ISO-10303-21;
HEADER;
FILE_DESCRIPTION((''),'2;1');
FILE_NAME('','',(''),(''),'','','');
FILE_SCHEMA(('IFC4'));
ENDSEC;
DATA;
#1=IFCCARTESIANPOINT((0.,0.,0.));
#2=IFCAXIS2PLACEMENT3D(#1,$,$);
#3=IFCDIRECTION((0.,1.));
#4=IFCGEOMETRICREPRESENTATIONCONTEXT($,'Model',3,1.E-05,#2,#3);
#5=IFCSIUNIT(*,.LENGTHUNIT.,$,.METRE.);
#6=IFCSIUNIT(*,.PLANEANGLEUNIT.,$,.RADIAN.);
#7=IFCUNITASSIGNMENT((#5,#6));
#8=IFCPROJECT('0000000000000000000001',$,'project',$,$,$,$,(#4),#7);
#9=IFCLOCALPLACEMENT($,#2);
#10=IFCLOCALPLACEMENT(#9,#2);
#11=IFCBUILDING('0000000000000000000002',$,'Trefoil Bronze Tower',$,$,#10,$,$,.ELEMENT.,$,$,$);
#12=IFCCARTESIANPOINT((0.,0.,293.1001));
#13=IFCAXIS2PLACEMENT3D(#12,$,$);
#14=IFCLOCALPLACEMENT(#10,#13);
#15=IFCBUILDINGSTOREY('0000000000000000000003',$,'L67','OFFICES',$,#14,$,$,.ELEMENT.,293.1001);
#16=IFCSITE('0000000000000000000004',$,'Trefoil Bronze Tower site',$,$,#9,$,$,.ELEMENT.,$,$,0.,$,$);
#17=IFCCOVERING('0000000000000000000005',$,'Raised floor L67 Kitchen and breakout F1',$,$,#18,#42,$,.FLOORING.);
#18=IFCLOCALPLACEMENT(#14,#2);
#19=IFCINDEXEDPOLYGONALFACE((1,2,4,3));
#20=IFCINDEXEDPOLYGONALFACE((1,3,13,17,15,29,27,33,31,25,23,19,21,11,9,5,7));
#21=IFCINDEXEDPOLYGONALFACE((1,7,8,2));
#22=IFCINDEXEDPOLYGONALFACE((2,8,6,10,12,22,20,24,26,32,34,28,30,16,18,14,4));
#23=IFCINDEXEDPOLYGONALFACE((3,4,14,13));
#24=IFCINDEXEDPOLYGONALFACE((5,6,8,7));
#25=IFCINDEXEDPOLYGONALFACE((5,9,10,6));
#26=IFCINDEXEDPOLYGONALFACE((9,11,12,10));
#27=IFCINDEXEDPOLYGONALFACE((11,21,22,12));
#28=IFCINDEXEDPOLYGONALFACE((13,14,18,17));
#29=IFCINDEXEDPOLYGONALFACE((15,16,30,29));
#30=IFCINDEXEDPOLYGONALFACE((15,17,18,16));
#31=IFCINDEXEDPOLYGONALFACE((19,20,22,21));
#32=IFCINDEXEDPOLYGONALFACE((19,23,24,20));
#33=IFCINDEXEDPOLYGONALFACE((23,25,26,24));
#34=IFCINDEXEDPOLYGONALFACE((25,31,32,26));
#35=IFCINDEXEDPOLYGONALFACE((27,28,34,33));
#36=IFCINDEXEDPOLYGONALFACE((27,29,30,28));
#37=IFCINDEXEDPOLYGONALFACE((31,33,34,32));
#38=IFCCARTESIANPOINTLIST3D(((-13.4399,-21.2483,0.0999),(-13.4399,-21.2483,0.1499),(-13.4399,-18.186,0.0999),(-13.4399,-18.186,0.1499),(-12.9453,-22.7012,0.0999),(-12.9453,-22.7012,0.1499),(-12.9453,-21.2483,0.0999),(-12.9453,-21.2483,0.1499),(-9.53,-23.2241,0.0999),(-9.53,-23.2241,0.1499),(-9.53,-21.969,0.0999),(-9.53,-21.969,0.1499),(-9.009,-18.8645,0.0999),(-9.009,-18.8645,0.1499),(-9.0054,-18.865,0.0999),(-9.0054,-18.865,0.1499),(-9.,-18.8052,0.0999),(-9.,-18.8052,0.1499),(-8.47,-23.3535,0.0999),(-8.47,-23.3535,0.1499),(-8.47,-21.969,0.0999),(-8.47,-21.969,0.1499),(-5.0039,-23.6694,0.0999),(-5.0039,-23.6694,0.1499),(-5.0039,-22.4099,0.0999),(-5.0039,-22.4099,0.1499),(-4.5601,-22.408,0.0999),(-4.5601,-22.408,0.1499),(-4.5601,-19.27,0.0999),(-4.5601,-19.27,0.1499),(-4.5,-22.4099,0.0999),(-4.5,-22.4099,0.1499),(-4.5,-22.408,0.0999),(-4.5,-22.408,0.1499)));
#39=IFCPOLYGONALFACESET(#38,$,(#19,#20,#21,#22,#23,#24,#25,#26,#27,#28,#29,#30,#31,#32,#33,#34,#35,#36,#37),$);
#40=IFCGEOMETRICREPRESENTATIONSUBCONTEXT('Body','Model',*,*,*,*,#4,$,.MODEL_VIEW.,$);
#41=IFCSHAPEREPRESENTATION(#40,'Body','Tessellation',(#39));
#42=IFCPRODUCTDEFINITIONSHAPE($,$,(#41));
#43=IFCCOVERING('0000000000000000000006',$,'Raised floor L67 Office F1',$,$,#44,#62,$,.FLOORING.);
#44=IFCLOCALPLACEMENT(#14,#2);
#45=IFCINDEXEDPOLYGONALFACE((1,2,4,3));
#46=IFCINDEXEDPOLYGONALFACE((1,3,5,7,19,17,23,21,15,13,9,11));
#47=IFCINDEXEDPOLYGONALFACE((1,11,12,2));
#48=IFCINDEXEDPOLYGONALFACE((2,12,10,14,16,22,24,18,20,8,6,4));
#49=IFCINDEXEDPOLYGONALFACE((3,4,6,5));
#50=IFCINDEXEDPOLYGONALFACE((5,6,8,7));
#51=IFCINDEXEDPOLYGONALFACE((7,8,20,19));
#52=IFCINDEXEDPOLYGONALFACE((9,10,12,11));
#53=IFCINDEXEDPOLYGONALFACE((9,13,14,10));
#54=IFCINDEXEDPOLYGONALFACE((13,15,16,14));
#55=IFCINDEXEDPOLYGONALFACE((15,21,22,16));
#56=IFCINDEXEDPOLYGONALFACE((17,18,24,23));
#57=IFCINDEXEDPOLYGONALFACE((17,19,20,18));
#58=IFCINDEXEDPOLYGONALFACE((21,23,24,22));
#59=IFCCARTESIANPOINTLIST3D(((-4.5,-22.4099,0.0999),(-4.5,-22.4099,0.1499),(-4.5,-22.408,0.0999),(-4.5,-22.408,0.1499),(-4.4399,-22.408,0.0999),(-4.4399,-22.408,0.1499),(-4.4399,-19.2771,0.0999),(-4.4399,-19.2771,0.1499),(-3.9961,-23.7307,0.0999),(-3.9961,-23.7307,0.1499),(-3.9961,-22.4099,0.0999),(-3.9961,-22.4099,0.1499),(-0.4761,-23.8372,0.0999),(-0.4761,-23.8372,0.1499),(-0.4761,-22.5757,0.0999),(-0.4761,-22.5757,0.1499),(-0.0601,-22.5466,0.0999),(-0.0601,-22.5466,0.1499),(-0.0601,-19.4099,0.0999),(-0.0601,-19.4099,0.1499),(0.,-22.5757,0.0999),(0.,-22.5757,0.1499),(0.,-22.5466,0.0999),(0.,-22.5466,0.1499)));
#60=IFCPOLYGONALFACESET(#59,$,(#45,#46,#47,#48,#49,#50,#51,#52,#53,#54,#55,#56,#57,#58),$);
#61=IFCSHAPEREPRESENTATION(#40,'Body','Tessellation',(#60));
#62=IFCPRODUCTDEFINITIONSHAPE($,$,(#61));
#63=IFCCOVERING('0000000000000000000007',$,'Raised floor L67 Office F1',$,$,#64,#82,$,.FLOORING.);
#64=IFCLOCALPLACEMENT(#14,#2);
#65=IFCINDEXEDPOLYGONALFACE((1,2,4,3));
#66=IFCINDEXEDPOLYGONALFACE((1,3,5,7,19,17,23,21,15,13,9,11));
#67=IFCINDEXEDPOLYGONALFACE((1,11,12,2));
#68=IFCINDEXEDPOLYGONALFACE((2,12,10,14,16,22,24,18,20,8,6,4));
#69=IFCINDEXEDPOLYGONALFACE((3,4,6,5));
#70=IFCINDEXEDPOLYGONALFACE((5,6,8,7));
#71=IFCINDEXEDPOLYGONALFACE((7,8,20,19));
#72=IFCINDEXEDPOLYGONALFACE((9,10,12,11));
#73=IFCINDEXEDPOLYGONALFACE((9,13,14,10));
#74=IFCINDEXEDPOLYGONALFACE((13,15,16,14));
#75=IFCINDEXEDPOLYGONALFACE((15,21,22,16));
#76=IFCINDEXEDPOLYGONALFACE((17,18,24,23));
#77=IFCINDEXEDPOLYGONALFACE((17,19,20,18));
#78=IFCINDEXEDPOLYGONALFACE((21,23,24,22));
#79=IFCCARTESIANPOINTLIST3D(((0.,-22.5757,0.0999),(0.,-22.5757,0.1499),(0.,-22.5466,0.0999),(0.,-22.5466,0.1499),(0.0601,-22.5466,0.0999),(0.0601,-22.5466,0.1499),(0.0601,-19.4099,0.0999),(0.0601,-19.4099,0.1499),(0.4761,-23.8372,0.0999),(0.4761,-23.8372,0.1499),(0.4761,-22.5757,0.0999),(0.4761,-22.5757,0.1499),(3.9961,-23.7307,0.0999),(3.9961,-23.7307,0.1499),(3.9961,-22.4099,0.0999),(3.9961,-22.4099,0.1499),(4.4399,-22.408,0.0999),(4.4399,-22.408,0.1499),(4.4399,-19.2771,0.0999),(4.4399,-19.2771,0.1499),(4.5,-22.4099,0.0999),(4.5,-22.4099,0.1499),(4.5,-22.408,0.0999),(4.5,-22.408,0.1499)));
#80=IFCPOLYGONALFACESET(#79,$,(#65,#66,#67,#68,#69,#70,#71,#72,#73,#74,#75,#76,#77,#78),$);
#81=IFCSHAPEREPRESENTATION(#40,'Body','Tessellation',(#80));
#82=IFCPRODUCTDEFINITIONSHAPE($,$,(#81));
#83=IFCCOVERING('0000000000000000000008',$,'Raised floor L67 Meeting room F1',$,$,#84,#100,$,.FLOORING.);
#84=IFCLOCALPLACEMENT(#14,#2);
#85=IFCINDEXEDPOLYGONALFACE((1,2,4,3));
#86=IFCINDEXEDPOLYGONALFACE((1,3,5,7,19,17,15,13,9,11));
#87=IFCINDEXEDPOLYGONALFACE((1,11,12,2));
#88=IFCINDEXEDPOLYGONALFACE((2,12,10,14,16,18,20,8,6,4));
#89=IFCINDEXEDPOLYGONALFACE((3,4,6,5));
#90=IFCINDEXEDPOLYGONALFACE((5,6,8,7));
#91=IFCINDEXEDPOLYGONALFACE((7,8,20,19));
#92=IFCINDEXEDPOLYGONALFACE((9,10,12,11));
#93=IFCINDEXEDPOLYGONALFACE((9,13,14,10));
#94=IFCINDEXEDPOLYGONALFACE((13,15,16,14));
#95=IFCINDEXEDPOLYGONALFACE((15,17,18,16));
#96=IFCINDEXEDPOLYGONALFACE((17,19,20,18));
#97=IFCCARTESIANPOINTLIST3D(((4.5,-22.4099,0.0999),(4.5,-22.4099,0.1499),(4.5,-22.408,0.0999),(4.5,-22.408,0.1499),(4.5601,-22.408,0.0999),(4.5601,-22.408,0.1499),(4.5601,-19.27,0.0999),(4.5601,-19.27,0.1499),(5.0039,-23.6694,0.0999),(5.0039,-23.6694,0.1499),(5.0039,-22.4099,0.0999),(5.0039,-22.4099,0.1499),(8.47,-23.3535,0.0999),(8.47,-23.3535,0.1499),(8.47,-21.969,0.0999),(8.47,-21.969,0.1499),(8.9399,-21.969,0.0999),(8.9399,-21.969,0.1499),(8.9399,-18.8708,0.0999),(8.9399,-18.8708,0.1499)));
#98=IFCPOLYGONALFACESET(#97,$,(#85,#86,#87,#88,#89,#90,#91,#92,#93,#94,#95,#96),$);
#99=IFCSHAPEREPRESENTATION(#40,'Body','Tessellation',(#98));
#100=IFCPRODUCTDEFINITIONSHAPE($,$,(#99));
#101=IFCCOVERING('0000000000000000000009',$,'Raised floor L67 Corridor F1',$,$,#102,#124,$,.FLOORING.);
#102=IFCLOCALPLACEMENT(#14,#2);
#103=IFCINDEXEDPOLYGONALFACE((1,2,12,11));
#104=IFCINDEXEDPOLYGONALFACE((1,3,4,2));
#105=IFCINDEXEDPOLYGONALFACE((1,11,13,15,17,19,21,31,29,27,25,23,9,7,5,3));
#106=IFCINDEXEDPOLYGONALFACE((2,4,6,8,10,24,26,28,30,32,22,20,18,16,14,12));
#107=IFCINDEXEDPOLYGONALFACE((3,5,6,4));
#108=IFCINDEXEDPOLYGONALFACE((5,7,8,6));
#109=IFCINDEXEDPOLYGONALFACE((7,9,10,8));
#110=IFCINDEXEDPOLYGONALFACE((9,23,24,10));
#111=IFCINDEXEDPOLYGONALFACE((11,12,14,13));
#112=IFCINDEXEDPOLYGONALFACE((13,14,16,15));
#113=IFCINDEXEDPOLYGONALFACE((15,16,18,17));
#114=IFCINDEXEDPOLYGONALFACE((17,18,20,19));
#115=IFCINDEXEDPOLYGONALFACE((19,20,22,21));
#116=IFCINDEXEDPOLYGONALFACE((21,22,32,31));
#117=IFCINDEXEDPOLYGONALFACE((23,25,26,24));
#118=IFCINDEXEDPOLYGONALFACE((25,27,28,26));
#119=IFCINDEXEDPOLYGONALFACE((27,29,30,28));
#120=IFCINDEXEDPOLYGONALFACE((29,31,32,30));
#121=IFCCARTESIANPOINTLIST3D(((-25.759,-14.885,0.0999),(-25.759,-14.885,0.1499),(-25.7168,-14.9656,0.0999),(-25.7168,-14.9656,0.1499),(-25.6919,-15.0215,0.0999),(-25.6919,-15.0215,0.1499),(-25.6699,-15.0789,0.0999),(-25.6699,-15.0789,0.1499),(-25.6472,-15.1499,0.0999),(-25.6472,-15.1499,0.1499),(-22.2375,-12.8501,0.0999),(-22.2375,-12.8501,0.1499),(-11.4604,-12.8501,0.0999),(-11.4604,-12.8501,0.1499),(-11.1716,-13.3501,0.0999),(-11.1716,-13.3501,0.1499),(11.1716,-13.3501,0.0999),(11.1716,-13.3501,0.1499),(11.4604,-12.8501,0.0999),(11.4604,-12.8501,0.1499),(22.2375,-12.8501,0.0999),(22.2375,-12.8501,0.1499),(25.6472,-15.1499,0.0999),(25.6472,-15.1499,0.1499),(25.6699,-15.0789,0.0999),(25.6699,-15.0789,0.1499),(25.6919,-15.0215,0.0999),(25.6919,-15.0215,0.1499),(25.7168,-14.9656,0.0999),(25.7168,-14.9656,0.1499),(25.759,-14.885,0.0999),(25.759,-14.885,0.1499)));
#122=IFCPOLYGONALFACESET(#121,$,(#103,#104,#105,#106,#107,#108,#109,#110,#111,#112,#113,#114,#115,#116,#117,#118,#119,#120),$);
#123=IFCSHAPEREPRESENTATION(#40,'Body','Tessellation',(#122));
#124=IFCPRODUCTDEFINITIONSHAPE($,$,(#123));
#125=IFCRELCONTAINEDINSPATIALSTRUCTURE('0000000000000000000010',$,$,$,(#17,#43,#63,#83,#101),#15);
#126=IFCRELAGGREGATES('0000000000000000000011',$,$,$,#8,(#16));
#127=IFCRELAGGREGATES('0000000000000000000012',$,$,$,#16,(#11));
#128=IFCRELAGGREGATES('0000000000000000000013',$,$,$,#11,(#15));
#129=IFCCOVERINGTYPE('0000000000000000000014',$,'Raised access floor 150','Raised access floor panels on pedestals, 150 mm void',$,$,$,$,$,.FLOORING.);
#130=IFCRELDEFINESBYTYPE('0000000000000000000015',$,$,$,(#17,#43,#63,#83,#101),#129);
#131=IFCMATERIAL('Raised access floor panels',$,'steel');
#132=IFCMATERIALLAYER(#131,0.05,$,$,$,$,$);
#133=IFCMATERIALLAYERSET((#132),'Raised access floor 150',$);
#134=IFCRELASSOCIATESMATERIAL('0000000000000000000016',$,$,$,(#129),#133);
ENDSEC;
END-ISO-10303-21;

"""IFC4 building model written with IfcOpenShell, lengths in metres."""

from ifc_helpers import new_model, si_unit, direction, frame, origin, place, context, subcontext, project, spatial, polyline, outline, extrude, material, layer, layer_set, type_object, element, save


model = new_model("IFC4")

# Units and contexts
model_context = context("Model", 3, precision=1e-05, world=origin(), true_north=direction((0.0, 1.0)))
body_context = subcontext(model_context, "Body", "Model", "MODEL_VIEW")
ifc_project = project(units=[si_unit("LENGTHUNIT", "METRE"), si_unit("PLANEANGLEUNIT", "RADIAN")], contexts=[model_context])

# Site, building, storey
site_placement = place(None, origin())
site = spatial("IfcSite", under=ifc_project, at=site_placement, Name="Trefoil Bronze Tower site", CompositionType="ELEMENT", RefElevation=0.0)
building_placement = place(site_placement, origin())
building = spatial("IfcBuilding", under=site, at=building_placement, Name="Trefoil Bronze Tower", CompositionType="ELEMENT")
storey_placement = place(building_placement, frame((0.0, 0.0, 293.1001)))
storey = spatial("IfcBuildingStorey", under=building, at=storey_placement, Name="L67", Description="OFFICES", CompositionType="ELEMENT", Elevation=293.1001)

# Coverings
ifc_material_1 = material(Name="Raised access floor panels", Category="steel")
ifc_layer_1 = layer(ifc_material_1, 0.05)
ifc_layer_set_1 = layer_set([ifc_layer_1], Name="Raised access floor 150")
covering_type_1 = type_object("IfcCoveringType", Name="Raised access floor 150", Description="Raised access floor panels on pedestals, 150 mm void", PredefinedType="FLOORING", material=ifc_layer_set_1)
covering_1_placement = place(storey_placement, frame((0.0, 0.0, 0.0999)))
element("IfcCovering", 1, at=covering_1_placement, inside=storey, type_object=covering_type_1, Name="Raised floor L67 Kitchen and breakout F1", PredefinedType="FLOORING", context=body_context, shape_type="SweptSolid", body=[
    extrude(outline(polyline([(-8.47, -23.3535), (-8.47, -21.969), (-9.53, -21.969), (-9.53, -23.2241), (-12.9453, -22.7012), (-12.9453, -21.2483), (-13.4399, -21.2483), (-13.4399, -18.186), (-9.009, -18.8645), (-9.0, -18.8052), (-9.0054, -18.865), (-4.5601, -19.27), (-4.5601, -22.408), (-4.5, -22.408), (-4.5, -22.4099), (-5.0039, -22.4099), (-5.0039, -23.6694), (-8.47, -23.3535)])), origin(), (0.0, 0.0, 1.0), 0.05),
])
covering_2_placement = place(storey_placement, frame((0.0, 0.0, 0.0999)))
element("IfcCovering", 2, at=covering_2_placement, inside=storey, type_object=covering_type_1, Name="Raised floor L67 Office F1", PredefinedType="FLOORING", context=body_context, shape_type="SweptSolid", body=[
    extrude(outline(polyline([(-4.5, -22.408), (-4.4399, -22.408), (-4.4399, -19.2771), (-0.0601, -19.4099), (-0.0601, -22.5466), (0.0, -22.5466), (0.0, -22.5757), (-0.4761, -22.5757), (-0.4761, -23.8372), (-3.9961, -23.7307), (-3.9961, -22.4099), (-4.5, -22.4099), (-4.5, -22.408)])), origin(), (0.0, 0.0, 1.0), 0.05),
])
covering_3_placement = place(storey_placement, frame((0.0, 0.0, 0.0999)))
element("IfcCovering", 3, at=covering_3_placement, inside=storey, type_object=covering_type_1, Name="Raised floor L67 Office F1", PredefinedType="FLOORING", context=body_context, shape_type="SweptSolid", body=[
    extrude(outline(polyline([(0.0, -22.5466), (0.0601, -22.5466), (0.0601, -19.4099), (4.4399, -19.2771), (4.4399, -22.408), (4.5, -22.408), (4.5, -22.4099), (3.9961, -22.4099), (3.9961, -23.7307), (0.4761, -23.8372), (0.4761, -22.5757), (0.0, -22.5757), (0.0, -22.5466)])), origin(), (0.0, 0.0, 1.0), 0.05),
])
covering_4_placement = place(storey_placement, frame((0.0, 0.0, 0.0999)))
element("IfcCovering", 4, at=covering_4_placement, inside=storey, type_object=covering_type_1, Name="Raised floor L67 Meeting room F1", PredefinedType="FLOORING", context=body_context, shape_type="SweptSolid", body=[
    extrude(outline(polyline([(4.5, -22.408), (4.5601, -22.408), (4.5601, -19.27), (8.9399, -18.8708), (8.9399, -21.969), (8.47, -21.969), (8.47, -23.3535), (5.0039, -23.6694), (5.0039, -22.4099), (4.5, -22.4099), (4.5, -22.408)])), origin(), (0.0, 0.0, 1.0), 0.05),
])
covering_5_placement = place(storey_placement, frame((0.0, 0.0, 0.0999)))
element("IfcCovering", 5, at=covering_5_placement, inside=storey, type_object=covering_type_1, Name="Raised floor L67 Corridor F1", PredefinedType="FLOORING", context=body_context, shape_type="SweptSolid", body=[
    extrude(outline(polyline([(-25.759, -14.885), (-22.2375, -12.8501), (-11.4604, -12.8501), (-11.1716, -13.3501), (11.1716, -13.3501), (11.4604, -12.8501), (22.2375, -12.8501), (25.759, -14.885), (25.7168, -14.9656), (25.6919, -15.0215), (25.6699, -15.0789), (25.6472, -15.1499), (-25.6472, -15.1499), (-25.6699, -15.0789), (-25.6919, -15.0215), (-25.7168, -14.9656), (-25.759, -14.885)])), origin(), (0.0, 0.0, 1.0), 0.05),
])

save(model, "model.ifc")
